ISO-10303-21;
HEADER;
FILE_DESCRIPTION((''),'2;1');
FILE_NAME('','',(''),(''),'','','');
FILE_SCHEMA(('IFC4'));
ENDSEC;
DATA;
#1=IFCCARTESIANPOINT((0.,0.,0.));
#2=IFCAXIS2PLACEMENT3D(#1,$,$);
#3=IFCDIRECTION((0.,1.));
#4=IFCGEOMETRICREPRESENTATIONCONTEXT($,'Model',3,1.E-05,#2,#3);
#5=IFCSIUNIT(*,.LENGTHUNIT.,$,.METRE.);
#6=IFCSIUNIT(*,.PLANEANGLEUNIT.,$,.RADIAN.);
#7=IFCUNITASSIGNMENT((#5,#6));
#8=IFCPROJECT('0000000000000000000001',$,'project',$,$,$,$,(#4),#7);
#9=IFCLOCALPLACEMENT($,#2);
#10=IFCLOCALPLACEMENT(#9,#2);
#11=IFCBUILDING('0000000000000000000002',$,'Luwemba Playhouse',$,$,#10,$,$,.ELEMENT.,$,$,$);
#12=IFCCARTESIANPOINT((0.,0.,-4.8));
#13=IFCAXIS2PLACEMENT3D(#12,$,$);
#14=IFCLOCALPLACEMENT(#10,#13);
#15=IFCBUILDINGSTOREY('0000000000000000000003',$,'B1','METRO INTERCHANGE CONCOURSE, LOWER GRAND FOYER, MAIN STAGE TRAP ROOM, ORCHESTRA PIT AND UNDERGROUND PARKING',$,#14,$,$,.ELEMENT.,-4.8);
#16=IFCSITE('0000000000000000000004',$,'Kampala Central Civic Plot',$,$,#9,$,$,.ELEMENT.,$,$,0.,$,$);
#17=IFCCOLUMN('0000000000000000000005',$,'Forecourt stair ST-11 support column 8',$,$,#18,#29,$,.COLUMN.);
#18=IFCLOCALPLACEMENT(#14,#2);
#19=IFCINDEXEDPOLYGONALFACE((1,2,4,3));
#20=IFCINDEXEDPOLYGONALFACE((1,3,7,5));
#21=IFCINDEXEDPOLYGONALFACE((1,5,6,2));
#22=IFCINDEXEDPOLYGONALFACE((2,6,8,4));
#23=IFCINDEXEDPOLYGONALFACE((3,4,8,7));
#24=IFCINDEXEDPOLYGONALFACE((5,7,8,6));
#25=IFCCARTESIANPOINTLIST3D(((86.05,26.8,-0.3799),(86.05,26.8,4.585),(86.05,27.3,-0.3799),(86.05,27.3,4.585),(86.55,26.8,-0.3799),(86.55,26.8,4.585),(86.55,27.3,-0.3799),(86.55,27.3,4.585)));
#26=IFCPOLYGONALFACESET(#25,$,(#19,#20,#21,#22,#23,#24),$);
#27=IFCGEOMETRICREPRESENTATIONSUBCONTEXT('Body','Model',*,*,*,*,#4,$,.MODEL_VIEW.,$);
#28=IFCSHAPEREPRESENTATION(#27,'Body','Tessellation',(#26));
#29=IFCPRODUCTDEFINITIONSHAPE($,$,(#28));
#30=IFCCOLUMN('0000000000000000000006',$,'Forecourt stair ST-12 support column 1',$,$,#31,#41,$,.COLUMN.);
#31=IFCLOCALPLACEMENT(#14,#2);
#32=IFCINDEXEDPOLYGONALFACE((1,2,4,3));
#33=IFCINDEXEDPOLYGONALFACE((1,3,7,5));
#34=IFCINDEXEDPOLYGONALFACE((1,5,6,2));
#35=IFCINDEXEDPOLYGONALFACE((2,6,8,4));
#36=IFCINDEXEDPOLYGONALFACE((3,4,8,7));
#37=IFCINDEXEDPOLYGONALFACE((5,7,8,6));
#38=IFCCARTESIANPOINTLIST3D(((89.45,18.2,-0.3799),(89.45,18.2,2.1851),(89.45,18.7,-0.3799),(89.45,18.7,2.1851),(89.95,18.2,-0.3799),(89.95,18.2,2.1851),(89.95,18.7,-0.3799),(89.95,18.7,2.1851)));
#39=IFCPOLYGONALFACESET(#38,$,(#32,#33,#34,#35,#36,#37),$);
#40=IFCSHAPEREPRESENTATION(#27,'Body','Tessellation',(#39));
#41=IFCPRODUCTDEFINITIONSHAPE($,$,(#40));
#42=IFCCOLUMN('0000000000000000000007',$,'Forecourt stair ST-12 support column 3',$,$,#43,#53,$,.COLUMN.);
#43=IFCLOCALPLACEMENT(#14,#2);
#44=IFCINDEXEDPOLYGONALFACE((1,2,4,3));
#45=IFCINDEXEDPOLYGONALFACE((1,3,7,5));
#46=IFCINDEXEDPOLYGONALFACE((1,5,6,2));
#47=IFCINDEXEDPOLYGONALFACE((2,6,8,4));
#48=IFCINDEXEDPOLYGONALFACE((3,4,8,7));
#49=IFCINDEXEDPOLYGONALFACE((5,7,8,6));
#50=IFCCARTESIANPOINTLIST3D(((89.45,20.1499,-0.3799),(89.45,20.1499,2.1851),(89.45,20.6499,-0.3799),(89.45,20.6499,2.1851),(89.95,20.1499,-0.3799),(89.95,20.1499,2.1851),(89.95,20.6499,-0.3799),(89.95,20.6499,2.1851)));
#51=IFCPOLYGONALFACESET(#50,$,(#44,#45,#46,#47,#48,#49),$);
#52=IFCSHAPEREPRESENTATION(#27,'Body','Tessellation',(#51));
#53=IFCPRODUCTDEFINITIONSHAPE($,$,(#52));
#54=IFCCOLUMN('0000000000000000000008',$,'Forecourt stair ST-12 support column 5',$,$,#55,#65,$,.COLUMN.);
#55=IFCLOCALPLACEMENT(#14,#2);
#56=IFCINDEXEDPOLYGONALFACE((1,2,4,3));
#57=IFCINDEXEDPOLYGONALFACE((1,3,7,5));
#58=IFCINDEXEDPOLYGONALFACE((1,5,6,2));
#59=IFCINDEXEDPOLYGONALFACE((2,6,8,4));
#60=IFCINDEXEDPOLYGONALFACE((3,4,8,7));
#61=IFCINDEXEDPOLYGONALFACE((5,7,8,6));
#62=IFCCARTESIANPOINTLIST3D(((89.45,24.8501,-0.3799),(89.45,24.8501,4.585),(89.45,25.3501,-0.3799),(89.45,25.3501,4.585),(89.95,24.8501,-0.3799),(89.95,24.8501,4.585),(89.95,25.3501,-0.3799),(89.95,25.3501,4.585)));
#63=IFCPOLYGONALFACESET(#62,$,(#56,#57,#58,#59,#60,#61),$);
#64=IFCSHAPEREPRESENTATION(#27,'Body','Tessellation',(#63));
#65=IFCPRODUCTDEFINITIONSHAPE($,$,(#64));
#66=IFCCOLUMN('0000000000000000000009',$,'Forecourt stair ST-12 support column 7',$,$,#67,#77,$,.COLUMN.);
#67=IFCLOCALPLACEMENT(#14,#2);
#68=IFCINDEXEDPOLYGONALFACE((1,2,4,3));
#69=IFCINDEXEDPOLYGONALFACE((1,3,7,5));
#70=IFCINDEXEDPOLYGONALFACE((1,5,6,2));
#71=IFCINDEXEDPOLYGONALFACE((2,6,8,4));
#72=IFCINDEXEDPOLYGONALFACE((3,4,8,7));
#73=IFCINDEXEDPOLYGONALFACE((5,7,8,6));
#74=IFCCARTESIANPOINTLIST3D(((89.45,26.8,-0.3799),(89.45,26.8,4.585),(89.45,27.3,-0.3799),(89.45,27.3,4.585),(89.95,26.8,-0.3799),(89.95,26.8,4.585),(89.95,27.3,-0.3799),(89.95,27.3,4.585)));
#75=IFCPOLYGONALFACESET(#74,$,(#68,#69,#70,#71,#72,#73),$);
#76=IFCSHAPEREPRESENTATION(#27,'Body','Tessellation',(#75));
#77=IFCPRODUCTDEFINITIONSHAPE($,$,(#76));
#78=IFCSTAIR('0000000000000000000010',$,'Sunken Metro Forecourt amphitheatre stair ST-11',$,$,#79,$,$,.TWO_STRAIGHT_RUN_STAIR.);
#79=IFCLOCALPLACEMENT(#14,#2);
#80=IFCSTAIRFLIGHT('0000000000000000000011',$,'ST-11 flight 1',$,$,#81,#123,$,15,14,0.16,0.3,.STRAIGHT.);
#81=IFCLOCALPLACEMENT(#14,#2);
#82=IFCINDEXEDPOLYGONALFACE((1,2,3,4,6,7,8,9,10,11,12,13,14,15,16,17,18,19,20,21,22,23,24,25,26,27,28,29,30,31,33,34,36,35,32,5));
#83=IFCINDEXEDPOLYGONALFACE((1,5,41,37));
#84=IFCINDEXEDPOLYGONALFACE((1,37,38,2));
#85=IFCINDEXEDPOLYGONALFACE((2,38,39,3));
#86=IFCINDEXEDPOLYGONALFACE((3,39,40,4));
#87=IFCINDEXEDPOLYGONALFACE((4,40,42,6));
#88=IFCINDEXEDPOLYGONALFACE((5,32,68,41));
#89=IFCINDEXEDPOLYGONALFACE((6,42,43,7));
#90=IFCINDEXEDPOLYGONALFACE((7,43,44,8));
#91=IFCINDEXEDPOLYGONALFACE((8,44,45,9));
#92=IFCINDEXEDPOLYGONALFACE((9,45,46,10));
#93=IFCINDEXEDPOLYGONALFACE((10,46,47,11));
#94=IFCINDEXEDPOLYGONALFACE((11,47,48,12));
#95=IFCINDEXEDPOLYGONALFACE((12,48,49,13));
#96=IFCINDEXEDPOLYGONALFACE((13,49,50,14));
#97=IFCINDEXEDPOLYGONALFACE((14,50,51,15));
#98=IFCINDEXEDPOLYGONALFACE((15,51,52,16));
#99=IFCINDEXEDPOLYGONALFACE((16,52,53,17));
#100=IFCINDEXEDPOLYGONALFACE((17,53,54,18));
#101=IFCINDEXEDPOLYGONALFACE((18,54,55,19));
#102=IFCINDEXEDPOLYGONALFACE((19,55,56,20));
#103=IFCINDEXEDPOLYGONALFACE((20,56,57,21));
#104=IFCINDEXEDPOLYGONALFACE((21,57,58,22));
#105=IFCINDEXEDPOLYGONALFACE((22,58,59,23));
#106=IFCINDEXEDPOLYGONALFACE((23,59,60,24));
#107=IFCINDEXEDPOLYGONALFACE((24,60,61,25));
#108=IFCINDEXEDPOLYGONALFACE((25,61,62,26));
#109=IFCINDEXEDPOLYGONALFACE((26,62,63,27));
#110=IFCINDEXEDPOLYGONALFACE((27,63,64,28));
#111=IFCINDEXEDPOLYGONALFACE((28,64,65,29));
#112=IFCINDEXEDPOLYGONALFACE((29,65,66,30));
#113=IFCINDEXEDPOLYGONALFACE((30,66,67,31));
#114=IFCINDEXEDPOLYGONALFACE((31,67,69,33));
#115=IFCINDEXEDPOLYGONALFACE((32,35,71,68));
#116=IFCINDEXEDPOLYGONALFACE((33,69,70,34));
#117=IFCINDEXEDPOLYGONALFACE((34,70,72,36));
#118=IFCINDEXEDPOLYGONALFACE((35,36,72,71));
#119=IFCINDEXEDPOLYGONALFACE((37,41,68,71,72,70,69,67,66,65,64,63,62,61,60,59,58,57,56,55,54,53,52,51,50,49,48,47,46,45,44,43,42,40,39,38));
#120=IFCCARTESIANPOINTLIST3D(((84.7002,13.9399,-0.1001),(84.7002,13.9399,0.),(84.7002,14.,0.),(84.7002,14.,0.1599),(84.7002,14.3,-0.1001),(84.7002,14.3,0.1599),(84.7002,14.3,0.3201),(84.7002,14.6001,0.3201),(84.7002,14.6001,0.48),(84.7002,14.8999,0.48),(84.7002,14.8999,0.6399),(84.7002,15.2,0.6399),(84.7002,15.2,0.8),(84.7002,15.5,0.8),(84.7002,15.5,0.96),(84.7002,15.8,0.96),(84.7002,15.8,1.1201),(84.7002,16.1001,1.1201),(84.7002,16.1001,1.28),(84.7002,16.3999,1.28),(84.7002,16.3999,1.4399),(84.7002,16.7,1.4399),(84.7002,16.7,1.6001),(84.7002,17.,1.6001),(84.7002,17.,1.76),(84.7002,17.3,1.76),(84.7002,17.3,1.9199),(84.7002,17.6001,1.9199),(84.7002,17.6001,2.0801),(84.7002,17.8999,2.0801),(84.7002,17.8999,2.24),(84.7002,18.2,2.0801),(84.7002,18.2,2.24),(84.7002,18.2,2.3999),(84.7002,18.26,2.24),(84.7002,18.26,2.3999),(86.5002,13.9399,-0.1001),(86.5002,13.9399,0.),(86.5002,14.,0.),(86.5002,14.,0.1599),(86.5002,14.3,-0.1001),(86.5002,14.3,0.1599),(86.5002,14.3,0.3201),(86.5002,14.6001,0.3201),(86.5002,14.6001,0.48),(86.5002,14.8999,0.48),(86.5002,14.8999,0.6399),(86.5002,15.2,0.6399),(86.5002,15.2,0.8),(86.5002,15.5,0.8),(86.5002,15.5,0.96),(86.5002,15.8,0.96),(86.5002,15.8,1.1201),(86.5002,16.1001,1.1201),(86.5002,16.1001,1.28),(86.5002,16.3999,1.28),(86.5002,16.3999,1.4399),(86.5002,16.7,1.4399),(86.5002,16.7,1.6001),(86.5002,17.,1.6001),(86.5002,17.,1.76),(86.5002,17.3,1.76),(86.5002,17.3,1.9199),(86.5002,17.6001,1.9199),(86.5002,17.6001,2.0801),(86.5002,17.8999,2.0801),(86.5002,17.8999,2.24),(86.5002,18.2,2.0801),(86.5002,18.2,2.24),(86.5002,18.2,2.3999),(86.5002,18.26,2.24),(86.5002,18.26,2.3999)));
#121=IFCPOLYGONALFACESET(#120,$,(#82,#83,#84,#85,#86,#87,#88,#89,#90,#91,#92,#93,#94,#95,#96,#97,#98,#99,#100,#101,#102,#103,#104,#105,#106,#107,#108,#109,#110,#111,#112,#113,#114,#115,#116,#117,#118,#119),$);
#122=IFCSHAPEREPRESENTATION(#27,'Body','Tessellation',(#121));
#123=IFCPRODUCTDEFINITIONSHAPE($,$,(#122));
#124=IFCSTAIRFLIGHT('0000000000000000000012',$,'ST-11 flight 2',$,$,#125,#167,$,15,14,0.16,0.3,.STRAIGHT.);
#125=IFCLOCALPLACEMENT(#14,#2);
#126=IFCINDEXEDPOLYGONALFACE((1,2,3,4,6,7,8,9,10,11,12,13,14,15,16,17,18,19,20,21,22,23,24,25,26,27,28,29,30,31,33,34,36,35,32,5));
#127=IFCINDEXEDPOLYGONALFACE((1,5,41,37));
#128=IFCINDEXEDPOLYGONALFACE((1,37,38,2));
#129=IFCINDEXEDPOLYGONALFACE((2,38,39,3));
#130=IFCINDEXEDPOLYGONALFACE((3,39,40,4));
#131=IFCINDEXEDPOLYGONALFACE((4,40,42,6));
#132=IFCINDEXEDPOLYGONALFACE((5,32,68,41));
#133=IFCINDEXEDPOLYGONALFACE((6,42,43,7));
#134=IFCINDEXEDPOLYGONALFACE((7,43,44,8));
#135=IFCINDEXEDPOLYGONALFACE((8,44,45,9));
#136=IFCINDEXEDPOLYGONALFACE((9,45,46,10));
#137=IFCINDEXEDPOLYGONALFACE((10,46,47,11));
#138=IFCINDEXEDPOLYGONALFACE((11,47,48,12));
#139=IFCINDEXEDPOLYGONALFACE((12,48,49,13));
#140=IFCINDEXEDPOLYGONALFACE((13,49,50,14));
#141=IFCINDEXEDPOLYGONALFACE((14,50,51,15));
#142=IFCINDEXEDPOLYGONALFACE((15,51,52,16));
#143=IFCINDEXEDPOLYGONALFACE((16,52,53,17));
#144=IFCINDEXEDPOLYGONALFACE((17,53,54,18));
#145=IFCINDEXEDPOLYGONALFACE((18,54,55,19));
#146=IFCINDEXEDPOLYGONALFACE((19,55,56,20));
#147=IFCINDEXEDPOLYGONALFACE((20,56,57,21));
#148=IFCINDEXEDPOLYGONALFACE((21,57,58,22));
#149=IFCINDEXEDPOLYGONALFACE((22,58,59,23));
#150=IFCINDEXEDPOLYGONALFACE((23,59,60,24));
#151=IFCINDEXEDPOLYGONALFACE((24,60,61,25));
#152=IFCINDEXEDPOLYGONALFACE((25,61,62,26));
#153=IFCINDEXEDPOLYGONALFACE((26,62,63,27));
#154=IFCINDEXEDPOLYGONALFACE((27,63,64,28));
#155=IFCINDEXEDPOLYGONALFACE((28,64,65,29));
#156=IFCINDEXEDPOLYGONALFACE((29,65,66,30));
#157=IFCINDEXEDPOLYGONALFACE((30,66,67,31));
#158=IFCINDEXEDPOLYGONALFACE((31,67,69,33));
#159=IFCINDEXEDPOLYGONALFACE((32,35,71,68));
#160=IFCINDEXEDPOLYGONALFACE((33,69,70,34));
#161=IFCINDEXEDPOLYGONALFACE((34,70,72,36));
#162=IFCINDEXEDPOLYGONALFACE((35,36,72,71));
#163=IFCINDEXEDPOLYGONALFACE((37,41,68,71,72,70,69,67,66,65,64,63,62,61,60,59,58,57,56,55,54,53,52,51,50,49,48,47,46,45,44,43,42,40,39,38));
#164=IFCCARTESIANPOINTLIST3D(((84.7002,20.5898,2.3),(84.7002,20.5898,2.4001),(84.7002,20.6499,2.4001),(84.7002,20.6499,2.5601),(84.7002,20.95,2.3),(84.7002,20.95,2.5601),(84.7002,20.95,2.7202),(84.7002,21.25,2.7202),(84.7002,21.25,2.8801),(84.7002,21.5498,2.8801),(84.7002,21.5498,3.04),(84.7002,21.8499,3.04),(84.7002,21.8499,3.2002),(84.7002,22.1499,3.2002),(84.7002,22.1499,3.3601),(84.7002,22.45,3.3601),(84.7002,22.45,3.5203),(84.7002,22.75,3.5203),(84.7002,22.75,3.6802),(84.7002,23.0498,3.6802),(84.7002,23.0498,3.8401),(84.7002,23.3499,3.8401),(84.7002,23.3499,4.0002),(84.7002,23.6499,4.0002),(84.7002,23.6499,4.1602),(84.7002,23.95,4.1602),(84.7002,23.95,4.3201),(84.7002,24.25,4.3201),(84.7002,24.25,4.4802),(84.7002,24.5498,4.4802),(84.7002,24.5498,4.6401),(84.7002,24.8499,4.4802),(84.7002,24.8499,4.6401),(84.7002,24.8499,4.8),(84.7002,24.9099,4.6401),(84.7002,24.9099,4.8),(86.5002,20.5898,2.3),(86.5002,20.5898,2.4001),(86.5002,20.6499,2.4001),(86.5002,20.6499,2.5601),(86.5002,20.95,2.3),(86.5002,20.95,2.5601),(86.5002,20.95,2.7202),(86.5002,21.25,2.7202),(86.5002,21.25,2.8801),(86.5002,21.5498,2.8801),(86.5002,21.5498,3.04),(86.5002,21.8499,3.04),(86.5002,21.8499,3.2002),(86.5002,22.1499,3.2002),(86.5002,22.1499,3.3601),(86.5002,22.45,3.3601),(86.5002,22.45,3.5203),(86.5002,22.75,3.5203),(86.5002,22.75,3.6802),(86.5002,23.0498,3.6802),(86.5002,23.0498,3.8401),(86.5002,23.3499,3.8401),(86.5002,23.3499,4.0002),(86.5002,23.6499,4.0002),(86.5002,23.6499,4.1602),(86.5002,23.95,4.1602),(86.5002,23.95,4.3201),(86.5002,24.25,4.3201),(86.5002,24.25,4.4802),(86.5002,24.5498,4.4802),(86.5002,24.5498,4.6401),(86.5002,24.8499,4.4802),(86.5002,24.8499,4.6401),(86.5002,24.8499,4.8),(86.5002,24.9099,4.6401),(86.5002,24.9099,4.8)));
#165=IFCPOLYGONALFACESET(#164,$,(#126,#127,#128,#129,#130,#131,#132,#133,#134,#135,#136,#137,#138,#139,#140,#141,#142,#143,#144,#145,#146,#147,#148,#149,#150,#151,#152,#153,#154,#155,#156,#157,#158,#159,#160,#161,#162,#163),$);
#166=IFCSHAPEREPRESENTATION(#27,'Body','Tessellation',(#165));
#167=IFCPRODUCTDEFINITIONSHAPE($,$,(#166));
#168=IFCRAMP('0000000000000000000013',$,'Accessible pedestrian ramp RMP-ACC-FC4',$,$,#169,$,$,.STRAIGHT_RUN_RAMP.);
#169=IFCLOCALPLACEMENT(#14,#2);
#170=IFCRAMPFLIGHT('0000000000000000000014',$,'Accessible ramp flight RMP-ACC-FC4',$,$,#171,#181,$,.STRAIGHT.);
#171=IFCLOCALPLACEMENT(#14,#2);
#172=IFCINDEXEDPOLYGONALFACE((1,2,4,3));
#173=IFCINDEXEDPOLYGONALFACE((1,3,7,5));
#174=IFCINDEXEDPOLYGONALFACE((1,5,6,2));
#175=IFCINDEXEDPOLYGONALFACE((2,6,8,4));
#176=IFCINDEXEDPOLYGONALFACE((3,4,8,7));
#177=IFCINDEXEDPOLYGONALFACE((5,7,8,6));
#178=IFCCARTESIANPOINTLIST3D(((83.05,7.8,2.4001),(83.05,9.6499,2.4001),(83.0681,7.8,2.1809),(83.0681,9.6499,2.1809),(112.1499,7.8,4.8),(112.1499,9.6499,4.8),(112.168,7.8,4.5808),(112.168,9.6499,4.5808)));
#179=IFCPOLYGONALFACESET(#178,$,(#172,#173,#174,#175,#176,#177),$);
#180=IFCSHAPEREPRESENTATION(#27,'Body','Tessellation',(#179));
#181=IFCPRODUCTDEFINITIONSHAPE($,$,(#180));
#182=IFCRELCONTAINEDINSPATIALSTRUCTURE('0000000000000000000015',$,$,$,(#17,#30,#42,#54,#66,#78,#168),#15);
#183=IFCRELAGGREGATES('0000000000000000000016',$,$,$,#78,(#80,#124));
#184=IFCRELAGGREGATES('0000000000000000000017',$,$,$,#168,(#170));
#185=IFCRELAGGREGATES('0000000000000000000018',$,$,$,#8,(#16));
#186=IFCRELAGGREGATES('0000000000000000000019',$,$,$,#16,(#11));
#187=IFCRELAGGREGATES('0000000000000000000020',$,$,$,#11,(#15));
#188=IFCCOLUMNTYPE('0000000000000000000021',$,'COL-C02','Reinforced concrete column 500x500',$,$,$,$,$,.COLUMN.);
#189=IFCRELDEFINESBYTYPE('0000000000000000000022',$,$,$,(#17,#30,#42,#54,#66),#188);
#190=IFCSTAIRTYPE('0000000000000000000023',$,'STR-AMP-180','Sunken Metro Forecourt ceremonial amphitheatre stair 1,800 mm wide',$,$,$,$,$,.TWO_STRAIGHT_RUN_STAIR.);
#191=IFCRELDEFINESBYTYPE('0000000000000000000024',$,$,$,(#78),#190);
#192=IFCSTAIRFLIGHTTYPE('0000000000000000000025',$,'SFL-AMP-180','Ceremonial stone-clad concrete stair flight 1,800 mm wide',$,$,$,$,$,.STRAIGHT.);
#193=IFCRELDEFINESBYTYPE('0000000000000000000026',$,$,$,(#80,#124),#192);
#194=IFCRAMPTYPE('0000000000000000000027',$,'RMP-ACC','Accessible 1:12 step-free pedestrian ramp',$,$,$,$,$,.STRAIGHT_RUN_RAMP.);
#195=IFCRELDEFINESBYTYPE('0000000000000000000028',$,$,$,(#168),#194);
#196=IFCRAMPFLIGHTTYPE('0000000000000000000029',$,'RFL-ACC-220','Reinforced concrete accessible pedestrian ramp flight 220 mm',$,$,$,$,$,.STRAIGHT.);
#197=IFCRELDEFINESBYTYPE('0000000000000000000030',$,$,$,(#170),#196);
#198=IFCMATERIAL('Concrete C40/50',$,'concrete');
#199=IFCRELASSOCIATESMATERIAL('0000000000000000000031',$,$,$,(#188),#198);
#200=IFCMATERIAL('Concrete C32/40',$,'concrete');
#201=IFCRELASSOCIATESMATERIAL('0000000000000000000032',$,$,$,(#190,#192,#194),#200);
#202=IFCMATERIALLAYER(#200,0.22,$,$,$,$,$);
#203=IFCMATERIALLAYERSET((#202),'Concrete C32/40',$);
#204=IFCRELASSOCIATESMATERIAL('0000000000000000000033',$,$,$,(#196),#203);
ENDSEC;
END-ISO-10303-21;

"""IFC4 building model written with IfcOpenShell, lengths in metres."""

from ifc_helpers import new_model, si_unit, direction, frame, origin, origin_2d, place, context, subcontext, project, spatial, polyline, rectangle, outline, extrude, material, layer, layer_set, material_profile, profile_set, type_object, element, aggregate, save


model = new_model("IFC4")

# Units and contexts
model_context = context("Model", 3, precision=1e-05, world=origin(), true_north=direction((0.0, 1.0)))
body_context = subcontext(model_context, "Body", "Model", "MODEL_VIEW")
ifc_project = project(units=[si_unit("LENGTHUNIT", "METRE"), si_unit("PLANEANGLEUNIT", "RADIAN")], contexts=[model_context])

# Site, building, storey
site_placement = place(None, origin())
site = spatial("IfcSite", under=ifc_project, at=site_placement, Name="Kampala Central Civic Plot", CompositionType="ELEMENT", RefElevation=0.0)
building_placement = place(site_placement, origin())
building = spatial("IfcBuilding", under=site, at=building_placement, Name="Luwemba Playhouse", CompositionType="ELEMENT")
storey_placement = place(building_placement, frame((0.0, 0.0, -4.8)))
storey = spatial("IfcBuildingStorey", under=building, at=storey_placement, Name="B1", Description="METRO INTERCHANGE CONCOURSE, LOWER GRAND FOYER, MAIN STAGE TRAP ROOM, ORCHESTRA PIT AND UNDERGROUND PARKING", CompositionType="ELEMENT", Elevation=-4.8)

# Shared definitions
ifc_material_1 = material(Name="Concrete C32/40", Category="concrete")

# Columns
ifc_material_2 = material(Name="Concrete C40/50", Category="concrete")
ifc_material_profile_1 = material_profile(ifc_material_2, rectangle(XDim=0.5, YDim=0.5, at=origin_2d()))
ifc_profile_set_1 = profile_set([ifc_material_profile_1], Name="Concrete C40/50")
column_type_1 = type_object("IfcColumnType", Name="COL-C02", Description="Reinforced concrete column 500x500", PredefinedType="COLUMN", material=ifc_profile_set_1)
for number, where, z_axis, x_axis, name in (
    (1, (86.3, 27.05, -0.3799), (0.0, 0.0, 1.0), (1.0, 0.0, 0.0), "Forecourt stair ST-11 support column 8"),
):
    element("IfcColumn", number, at=place(storey_placement, frame(where, z_axis=z_axis, x_axis=x_axis)), inside=storey, type_object=column_type_1, Name=name, PredefinedType="COLUMN", context=body_context, shape_type="SweptSolid", body=[
        extrude(rectangle(XDim=0.5, YDim=0.5, at=origin_2d()), origin(), (0.0, 0.0, 1.0), 4.9648),
    ])
for number, where, z_axis, x_axis, name in (
    (2, (89.7, 18.45, -0.3799), (0.0, 0.0, 1.0), (1.0, 0.0, 0.0), "Forecourt stair ST-12 support column 1"),
    (3, (89.7, 20.3999, -0.3799), (0.0, 0.0, 1.0), (1.0, 0.0, 0.0), "Forecourt stair ST-12 support column 3"),
):
    element("IfcColumn", number, at=place(storey_placement, frame(where, z_axis=z_axis, x_axis=x_axis)), inside=storey, type_object=column_type_1, Name=name, PredefinedType="COLUMN", context=body_context, shape_type="SweptSolid", body=[
        extrude(rectangle(XDim=0.5, YDim=0.5, at=origin_2d()), origin(), (0.0, 0.0, 1.0), 2.5649),
    ])
for number, where, z_axis, x_axis, name in (
    (4, (89.7, 25.1001, -0.3799), (0.0, 0.0, 1.0), (1.0, 0.0, 0.0), "Forecourt stair ST-12 support column 5"),
    (5, (89.7, 27.05, -0.3799), (0.0, 0.0, 1.0), (1.0, 0.0, 0.0), "Forecourt stair ST-12 support column 7"),
):
    element("IfcColumn", number, at=place(storey_placement, frame(where, z_axis=z_axis, x_axis=x_axis)), inside=storey, type_object=column_type_1, Name=name, PredefinedType="COLUMN", context=body_context, shape_type="SweptSolid", body=[
        extrude(rectangle(XDim=0.5, YDim=0.5, at=origin_2d()), origin(), (0.0, 0.0, 1.0), 4.9648),
    ])

# Stair, stair flights
stair_type = type_object("IfcStairType", Name="STR-AMP-180", Description="Sunken Metro Forecourt ceremonial amphitheatre stair 1,800 mm wide", PredefinedType="TWO_STRAIGHT_RUN_STAIR", material=ifc_material_1)
stair_placement = place(storey_placement, origin())
stair = element("IfcStair", 6, at=stair_placement, inside=storey, type_object=stair_type, Name="Sunken Metro Forecourt amphitheatre stair ST-11", PredefinedType="TWO_STRAIGHT_RUN_STAIR")
stair_flight_type = type_object("IfcStairFlightType", Name="SFL-AMP-180", Description="Ceremonial stone-clad concrete stair flight 1,800 mm wide", PredefinedType="STRAIGHT", material=ifc_material_1)
stair_flight_1_placement = place(storey_placement, frame((85.6001, 14.0, 0.0), z_axis=(0.0, 0.0, 1.0), x_axis=(0.0, 1.0, 0.0)))
stair_flight_1 = element("IfcStairFlight", 7, at=stair_flight_1_placement, type_object=stair_flight_type, Name="ST-11 flight 1", NumberOfRisers=15, NumberOfTreads=14, PredefinedType="STRAIGHT", RiserHeight=0.16, TreadLength=0.3, context=body_context, shape_type="SweptSolid", body=[
    extrude(outline(polyline([(-0.0601, -0.1001), (-0.0601, 0.0), (0.0, 0.0), (0.0, 0.1599), (0.3, 0.1599), (0.3, 0.3201), (0.6001, 0.3201), (0.6001, 0.48), (0.8999, 0.48), (0.8999, 0.6399), (1.2, 0.6399), (1.2, 0.8), (1.5, 0.8), (1.5, 0.96), (1.8, 0.96), (1.8, 1.1201), (2.1001, 1.1201), (2.1001, 1.28), (2.3999, 1.28), (2.3999, 1.4399), (2.7, 1.4399), (2.7, 1.6001), (3.0, 1.6001), (3.0, 1.76), (3.3, 1.76), (3.3, 1.9199), (3.6001, 1.9199), (3.6001, 2.0801), (3.8999, 2.0801), (3.8999, 2.24), (4.2, 2.24), (4.2, 2.3999), (4.26, 2.3999), (4.26, 2.24), (4.2, 2.0801), (0.3, -0.1001), (-0.0601, -0.1001)])), frame((0.0, 0.8999, 0.0), z_axis=(0.0, -1.0, 0.0), x_axis=(1.0, 0.0, 0.0)), (0.0, 0.0, 1.0), 1.8),
])
stair_flight_2_placement = place(storey_placement, frame((85.6001, 20.6499, 2.4001), z_axis=(0.0, 0.0, 1.0), x_axis=(0.0, 1.0, 0.0)))
stair_flight_2 = element("IfcStairFlight", 8, at=stair_flight_2_placement, type_object=stair_flight_type, Name="ST-11 flight 2", NumberOfRisers=15, NumberOfTreads=14, PredefinedType="STRAIGHT", RiserHeight=0.16, TreadLength=0.3, context=body_context, shape_type="SweptSolid", body=[
    extrude(outline(polyline([(-0.0601, -0.1001), (-0.0601, 0.0), (0.0, 0.0), (0.0, 0.1599), (0.3, 0.1599), (0.3, 0.3201), (0.6001, 0.3201), (0.6001, 0.48), (0.8999, 0.48), (0.8999, 0.6399), (1.2, 0.6399), (1.2, 0.8), (1.5, 0.8), (1.5, 0.96), (1.8, 0.96), (1.8, 1.1201), (2.1001, 1.1201), (2.1001, 1.28), (2.3999, 1.28), (2.3999, 1.4399), (2.7, 1.4399), (2.7, 1.6001), (3.0, 1.6001), (3.0, 1.76), (3.3, 1.76), (3.3, 1.9199), (3.6001, 1.9199), (3.6001, 2.0801), (3.8999, 2.0801), (3.8999, 2.24), (4.2, 2.24), (4.2, 2.3999), (4.26, 2.3999), (4.26, 2.24), (4.2, 2.0801), (0.3, -0.1001), (-0.0601, -0.1001)])), frame((0.0, 0.8999, 0.0), z_axis=(0.0, -1.0, 0.0), x_axis=(1.0, 0.0, 0.0)), (0.0, 0.0, 1.0), 1.8),
])
aggregate(stair, [stair_flight_1, stair_flight_2])

# Ramp, ramp flight
ramp_type = type_object("IfcRampType", Name="RMP-ACC", Description="Accessible 1:12 step-free pedestrian ramp", PredefinedType="STRAIGHT_RUN_RAMP", material=ifc_material_1)
ramp_placement = place(storey_placement, origin())
ramp = element("IfcRamp", 9, at=ramp_placement, inside=storey, type_object=ramp_type, Name="Accessible pedestrian ramp RMP-ACC-FC4", PredefinedType="STRAIGHT_RUN_RAMP")
ifc_layer = layer(ifc_material_1, 0.22)
ifc_layer_set = layer_set([ifc_layer], Name="Concrete C32/40")
ramp_flight_type = type_object("IfcRampFlightType", Name="RFL-ACC-220", Description="Reinforced concrete accessible pedestrian ramp flight 220 mm", PredefinedType="STRAIGHT", material=ifc_layer_set)
ramp_flight_placement = place(storey_placement, frame((83.05, 7.8, 2.4001), z_axis=(-0.082192, 0.0, 0.996616), x_axis=(0.996616, 0.0, 0.082192)))
ramp_flight = element("IfcRampFlight", 10, at=ramp_flight_placement, type_object=ramp_flight_type, Name="Accessible ramp flight RMP-ACC-FC4", PredefinedType="STRAIGHT", context=body_context, shape_type="SweptSolid", body=[
    extrude(outline(polyline([(0.0, 0.0), (29.1986, 0.0), (29.1986, 1.8499), (0.0, 1.8499), (0.0, 0.0)])), origin(), (0.0, 0.0, -1.0), 0.22),
])
aggregate(ramp, [ramp_flight])

save(model, "model.ifc")
